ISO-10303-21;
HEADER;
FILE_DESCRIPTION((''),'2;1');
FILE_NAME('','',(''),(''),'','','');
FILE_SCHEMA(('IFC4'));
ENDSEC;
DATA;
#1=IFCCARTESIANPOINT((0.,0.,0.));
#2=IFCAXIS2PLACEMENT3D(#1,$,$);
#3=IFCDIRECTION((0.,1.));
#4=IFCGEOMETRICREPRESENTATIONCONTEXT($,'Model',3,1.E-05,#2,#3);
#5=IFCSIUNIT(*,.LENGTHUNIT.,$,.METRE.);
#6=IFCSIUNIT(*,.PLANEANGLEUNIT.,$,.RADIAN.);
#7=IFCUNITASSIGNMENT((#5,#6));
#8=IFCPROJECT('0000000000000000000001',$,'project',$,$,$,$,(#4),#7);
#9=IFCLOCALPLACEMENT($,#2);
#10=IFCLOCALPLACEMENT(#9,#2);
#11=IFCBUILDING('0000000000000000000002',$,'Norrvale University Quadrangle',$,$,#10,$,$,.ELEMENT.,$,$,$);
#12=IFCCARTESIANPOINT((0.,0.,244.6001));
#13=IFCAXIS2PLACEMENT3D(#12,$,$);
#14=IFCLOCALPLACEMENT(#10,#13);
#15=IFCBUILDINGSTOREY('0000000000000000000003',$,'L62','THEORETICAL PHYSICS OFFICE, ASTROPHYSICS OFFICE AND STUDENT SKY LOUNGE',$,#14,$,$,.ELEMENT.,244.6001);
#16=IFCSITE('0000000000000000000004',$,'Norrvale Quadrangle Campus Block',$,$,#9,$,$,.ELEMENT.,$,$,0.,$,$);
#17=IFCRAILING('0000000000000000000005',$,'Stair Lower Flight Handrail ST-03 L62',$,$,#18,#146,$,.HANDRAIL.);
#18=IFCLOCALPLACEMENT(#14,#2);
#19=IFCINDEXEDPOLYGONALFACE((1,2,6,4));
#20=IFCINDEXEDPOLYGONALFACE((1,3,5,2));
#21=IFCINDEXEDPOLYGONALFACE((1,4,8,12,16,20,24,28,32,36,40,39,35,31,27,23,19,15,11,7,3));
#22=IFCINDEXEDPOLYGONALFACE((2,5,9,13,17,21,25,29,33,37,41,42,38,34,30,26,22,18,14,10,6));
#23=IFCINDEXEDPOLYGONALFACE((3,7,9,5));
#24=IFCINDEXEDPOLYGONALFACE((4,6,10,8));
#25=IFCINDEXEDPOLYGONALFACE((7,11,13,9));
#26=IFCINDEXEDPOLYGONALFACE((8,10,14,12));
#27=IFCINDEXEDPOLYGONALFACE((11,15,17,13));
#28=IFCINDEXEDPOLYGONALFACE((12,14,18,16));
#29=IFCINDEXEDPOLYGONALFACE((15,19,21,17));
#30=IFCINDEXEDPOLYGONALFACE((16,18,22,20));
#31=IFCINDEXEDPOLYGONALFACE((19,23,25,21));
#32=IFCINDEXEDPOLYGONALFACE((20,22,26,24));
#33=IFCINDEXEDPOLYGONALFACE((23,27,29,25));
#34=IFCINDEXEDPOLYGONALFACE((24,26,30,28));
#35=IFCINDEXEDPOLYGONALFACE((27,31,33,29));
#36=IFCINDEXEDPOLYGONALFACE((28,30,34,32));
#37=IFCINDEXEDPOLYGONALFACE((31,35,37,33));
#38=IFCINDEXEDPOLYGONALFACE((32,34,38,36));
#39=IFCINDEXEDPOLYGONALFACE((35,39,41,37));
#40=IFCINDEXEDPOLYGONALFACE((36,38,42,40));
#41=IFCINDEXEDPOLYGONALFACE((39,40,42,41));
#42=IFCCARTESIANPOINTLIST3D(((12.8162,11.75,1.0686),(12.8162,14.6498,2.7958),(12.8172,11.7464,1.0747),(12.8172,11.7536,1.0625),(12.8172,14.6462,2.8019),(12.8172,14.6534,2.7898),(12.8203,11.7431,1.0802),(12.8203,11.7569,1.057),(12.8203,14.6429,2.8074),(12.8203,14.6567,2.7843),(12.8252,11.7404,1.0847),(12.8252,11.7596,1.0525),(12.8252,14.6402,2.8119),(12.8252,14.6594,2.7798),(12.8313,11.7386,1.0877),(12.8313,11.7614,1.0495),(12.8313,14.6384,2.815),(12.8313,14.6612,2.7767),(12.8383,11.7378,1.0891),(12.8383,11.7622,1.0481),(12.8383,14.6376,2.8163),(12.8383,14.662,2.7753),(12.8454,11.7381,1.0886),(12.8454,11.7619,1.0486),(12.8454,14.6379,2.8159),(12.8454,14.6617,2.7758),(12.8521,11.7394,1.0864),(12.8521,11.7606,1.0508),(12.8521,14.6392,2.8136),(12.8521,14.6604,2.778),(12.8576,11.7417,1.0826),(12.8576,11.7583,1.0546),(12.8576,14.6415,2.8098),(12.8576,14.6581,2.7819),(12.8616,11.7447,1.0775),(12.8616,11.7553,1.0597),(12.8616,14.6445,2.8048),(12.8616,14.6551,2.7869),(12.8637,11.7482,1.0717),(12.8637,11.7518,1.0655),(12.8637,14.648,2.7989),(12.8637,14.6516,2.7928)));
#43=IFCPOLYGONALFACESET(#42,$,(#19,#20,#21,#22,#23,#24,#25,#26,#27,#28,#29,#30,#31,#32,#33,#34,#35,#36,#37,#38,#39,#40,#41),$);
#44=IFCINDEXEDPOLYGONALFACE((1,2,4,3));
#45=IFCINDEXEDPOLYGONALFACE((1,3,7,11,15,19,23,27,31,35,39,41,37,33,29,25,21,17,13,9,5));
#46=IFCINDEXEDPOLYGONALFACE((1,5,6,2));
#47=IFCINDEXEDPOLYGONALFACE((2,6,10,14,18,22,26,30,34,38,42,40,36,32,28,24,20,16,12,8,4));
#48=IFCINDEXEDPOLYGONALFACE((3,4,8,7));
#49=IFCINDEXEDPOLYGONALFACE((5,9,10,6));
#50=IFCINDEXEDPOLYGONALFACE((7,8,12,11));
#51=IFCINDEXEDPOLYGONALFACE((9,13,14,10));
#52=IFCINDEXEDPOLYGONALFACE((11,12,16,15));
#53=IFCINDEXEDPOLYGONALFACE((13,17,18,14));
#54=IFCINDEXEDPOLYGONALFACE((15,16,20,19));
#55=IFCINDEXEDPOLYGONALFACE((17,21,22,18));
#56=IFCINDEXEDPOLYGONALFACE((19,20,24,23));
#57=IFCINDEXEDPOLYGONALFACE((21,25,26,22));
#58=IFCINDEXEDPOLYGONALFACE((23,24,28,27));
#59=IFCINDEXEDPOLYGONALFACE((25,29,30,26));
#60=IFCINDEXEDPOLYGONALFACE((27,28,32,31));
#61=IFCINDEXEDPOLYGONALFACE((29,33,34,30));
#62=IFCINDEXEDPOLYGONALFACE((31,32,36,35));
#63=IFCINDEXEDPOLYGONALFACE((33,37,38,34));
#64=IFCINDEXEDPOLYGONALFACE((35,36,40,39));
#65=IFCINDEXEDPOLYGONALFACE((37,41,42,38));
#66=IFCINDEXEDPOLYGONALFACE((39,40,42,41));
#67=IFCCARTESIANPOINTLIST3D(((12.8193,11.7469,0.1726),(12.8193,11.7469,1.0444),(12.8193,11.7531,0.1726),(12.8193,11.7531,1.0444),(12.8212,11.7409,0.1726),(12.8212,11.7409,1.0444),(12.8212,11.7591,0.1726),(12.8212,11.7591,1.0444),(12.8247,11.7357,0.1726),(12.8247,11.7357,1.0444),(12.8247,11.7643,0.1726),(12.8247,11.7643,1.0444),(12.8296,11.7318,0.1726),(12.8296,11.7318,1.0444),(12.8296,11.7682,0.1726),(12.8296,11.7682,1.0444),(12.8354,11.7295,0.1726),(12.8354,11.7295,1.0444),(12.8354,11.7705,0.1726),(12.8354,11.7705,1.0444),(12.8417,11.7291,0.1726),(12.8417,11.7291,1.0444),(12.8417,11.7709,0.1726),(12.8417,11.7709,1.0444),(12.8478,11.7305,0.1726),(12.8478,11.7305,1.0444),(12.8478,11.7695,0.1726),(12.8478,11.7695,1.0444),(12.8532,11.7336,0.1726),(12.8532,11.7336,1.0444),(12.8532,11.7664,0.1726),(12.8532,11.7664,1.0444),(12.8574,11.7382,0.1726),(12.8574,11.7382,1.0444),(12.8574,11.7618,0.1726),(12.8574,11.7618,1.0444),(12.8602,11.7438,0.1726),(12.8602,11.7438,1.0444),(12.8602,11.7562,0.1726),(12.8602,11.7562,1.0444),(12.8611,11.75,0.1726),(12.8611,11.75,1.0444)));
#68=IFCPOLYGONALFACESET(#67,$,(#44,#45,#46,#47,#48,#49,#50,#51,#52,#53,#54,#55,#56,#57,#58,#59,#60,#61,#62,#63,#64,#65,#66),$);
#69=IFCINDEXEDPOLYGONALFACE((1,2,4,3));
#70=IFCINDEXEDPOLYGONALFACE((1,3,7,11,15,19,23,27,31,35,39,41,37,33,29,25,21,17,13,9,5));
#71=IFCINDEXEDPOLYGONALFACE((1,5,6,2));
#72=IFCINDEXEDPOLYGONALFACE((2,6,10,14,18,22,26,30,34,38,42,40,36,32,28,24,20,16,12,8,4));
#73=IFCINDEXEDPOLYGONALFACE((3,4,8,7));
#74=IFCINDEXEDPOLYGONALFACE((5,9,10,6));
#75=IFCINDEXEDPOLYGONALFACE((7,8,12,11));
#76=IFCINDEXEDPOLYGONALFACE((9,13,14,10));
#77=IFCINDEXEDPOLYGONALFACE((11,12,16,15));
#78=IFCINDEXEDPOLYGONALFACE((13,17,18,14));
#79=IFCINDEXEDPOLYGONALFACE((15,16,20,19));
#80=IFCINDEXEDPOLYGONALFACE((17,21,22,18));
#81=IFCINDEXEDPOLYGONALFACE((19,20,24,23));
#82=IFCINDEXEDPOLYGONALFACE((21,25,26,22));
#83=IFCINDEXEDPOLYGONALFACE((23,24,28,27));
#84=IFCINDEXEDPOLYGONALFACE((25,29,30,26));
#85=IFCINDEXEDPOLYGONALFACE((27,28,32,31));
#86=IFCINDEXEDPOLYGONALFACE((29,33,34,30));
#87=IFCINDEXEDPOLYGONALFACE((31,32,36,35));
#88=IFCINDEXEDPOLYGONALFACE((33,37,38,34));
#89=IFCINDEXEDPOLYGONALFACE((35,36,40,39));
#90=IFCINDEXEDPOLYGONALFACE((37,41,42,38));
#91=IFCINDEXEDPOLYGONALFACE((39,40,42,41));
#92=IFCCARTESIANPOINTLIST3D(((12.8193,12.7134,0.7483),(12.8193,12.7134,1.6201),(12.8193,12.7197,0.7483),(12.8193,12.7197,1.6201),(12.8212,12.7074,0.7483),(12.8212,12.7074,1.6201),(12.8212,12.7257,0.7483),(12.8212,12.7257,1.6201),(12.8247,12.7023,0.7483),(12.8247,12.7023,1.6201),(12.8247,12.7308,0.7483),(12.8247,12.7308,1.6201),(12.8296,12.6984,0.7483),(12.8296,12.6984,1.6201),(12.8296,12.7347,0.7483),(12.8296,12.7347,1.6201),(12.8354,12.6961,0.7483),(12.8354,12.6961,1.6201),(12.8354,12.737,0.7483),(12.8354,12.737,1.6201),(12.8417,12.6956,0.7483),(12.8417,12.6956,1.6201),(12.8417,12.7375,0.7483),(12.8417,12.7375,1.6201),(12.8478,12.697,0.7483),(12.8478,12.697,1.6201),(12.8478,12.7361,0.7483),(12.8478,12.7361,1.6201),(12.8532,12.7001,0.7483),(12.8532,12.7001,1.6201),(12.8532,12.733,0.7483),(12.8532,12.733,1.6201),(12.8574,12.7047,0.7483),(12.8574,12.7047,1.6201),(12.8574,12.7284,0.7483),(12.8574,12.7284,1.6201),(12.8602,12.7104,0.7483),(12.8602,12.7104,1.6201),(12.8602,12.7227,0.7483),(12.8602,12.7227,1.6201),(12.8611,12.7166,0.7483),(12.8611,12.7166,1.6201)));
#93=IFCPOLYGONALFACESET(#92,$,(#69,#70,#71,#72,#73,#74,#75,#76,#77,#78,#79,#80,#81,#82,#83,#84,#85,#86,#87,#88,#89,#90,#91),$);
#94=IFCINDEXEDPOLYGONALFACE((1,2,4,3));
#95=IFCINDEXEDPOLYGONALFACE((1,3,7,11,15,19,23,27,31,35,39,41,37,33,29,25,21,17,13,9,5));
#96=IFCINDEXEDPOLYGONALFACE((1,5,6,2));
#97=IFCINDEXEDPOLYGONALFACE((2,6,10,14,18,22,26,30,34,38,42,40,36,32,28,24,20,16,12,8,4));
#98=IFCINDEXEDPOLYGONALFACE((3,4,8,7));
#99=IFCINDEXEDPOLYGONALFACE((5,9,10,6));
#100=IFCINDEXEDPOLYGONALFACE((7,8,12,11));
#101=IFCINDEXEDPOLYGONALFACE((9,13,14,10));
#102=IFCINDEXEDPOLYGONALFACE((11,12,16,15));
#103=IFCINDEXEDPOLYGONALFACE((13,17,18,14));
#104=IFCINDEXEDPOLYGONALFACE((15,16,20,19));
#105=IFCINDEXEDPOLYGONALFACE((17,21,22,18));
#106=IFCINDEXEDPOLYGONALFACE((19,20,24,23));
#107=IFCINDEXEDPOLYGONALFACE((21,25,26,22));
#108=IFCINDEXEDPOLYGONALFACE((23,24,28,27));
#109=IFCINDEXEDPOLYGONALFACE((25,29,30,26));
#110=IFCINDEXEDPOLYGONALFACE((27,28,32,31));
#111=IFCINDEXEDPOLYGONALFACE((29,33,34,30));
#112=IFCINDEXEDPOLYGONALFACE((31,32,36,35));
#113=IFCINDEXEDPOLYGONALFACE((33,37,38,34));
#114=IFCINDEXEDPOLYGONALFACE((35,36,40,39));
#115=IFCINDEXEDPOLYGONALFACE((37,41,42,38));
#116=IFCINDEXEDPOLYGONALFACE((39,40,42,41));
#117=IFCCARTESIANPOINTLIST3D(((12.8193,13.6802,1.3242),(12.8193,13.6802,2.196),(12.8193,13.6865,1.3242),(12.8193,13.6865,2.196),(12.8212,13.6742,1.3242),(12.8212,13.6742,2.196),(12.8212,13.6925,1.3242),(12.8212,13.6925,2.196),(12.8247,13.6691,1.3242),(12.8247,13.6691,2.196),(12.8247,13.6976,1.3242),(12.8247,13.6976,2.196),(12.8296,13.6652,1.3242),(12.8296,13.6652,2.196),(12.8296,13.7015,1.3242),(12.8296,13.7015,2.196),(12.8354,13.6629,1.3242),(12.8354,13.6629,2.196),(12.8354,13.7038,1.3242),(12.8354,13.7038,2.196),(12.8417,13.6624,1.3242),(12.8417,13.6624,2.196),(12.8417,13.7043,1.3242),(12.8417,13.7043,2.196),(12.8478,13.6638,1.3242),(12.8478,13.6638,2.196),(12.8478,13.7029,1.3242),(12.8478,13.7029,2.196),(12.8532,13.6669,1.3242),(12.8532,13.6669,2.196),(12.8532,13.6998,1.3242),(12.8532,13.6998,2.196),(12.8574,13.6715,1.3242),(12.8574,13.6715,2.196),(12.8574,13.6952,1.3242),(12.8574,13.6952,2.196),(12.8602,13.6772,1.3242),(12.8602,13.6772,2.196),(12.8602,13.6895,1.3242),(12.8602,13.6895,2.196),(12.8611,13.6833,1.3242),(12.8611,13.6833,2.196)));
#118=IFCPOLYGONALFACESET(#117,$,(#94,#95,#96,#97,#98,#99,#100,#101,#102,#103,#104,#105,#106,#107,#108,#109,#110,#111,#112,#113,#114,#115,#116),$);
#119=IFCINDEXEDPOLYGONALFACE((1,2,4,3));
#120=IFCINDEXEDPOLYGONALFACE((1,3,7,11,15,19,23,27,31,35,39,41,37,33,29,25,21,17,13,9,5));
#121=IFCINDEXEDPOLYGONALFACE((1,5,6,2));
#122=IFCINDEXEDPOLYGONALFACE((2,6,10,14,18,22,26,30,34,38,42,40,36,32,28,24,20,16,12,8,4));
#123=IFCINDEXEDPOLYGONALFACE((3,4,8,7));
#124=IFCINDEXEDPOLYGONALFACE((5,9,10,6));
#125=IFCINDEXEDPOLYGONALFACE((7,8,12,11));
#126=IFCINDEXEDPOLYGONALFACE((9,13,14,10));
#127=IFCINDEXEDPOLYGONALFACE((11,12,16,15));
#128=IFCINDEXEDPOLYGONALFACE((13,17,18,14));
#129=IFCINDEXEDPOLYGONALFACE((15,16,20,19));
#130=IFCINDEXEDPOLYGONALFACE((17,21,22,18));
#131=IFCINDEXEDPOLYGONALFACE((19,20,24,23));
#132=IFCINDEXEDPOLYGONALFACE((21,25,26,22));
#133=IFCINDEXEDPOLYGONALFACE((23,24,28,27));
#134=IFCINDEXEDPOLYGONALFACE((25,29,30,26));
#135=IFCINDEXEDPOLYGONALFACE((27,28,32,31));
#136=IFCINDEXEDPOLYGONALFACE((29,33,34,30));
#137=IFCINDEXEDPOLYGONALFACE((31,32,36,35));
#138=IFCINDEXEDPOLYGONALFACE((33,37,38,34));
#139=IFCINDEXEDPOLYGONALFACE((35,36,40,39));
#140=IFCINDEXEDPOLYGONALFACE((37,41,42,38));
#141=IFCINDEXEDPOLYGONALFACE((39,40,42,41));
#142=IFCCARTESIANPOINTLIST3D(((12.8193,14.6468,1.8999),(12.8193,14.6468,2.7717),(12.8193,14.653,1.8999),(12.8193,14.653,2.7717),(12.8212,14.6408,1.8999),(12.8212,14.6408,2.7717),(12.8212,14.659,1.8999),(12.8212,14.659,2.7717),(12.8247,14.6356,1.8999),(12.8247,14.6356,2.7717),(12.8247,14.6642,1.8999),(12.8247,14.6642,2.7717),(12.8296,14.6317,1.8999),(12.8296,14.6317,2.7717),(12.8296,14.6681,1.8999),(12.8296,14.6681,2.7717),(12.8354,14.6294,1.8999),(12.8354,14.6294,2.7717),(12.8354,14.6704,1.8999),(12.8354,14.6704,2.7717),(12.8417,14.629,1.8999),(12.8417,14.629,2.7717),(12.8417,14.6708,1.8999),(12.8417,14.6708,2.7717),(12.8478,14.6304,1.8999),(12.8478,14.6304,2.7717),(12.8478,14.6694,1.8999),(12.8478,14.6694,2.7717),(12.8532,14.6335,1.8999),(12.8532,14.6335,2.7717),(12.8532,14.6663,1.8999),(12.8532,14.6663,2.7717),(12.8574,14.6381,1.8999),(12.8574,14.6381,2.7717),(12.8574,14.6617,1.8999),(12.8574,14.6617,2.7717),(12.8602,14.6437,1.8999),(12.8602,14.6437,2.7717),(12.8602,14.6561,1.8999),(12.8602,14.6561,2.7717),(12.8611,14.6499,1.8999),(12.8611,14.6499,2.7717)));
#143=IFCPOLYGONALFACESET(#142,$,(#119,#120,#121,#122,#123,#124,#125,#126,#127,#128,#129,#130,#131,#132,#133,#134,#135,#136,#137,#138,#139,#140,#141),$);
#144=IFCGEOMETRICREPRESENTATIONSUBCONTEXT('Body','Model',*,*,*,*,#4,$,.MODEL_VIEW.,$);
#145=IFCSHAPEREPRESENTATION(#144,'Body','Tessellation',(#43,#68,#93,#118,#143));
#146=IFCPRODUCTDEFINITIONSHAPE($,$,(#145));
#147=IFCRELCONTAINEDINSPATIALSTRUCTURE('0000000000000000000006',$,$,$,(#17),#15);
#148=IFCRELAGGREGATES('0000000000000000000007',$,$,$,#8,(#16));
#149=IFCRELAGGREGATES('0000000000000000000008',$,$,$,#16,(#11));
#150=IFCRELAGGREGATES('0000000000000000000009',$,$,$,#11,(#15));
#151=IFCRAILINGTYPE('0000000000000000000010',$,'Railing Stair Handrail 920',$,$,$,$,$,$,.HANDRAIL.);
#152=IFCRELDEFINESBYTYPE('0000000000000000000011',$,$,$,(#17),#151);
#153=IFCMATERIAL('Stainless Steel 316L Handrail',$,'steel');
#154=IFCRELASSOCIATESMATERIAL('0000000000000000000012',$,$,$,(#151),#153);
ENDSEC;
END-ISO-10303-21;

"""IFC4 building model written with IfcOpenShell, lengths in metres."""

from ifc_helpers import new_model, si_unit, direction, frame, origin, origin_2d, place, context, subcontext, project, spatial, circle, extrude, material, type_object, element, save


model = new_model("IFC4")

# Units and contexts
model_context = context("Model", 3, precision=1e-05, world=origin(), true_north=direction((0.0, 1.0)))
body_context = subcontext(model_context, "Body", "Model", "MODEL_VIEW")
ifc_project = project(units=[si_unit("LENGTHUNIT", "METRE"), si_unit("PLANEANGLEUNIT", "RADIAN")], contexts=[model_context])

# Site, building, storey
site_placement = place(None, origin())
site = spatial("IfcSite", under=ifc_project, at=site_placement, Name="Norrvale Quadrangle Campus Block", CompositionType="ELEMENT", RefElevation=0.0)
building_placement = place(site_placement, origin())
building = spatial("IfcBuilding", under=site, at=building_placement, Name="Norrvale University Quadrangle", CompositionType="ELEMENT")
storey_placement = place(building_placement, frame((0.0, 0.0, 244.6001)))
storey = spatial("IfcBuildingStorey", under=building, at=storey_placement, Name="L62", Description="THEORETICAL PHYSICS OFFICE, ASTROPHYSICS OFFICE AND STUDENT SKY LOUNGE", CompositionType="ELEMENT", Elevation=244.6001)

# Railing
ifc_material_1 = material(Name="Stainless Steel 316L Handrail", Category="steel")
railing_type_1 = type_object("IfcRailingType", Name="Railing Stair Handrail 920", PredefinedType="HANDRAIL", material=ifc_material_1)
railing_1_placement = place(storey_placement, frame((12.8401, 11.75, 0.1726)))
element("IfcRailing", 1, at=railing_1_placement, inside=storey, type_object=railing_type_1, Name="Stair Lower Flight Handrail ST-03 L62", PredefinedType="HANDRAIL", context=body_context, shape_type="SweptSolid", body=[
    extrude(circle(Radius=0.0239, at=origin_2d()), frame((0.0, 0.0, 0.896), z_axis=(0.0, 0.859141, 0.511738), x_axis=(-1.0, 0.0, 0.0)), (0.0, 0.0, 1.0), 3.3752),
    extrude(circle(Radius=0.021, at=origin_2d()), origin(), (0.0, 0.0, 1.0), 0.8718),
    extrude(circle(Radius=0.021, at=origin_2d()), frame((0.0, 0.9666, 0.5757)), (0.0, 0.0, 1.0), 0.8718),
    extrude(circle(Radius=0.021, at=origin_2d()), frame((0.0, 1.9333, 1.1516)), (0.0, 0.0, 1.0), 0.8718),
    extrude(circle(Radius=0.021, at=origin_2d()), frame((0.0, 2.8999, 1.7273)), (0.0, 0.0, 1.0), 0.8718),
])

save(model, "model.ifc")
